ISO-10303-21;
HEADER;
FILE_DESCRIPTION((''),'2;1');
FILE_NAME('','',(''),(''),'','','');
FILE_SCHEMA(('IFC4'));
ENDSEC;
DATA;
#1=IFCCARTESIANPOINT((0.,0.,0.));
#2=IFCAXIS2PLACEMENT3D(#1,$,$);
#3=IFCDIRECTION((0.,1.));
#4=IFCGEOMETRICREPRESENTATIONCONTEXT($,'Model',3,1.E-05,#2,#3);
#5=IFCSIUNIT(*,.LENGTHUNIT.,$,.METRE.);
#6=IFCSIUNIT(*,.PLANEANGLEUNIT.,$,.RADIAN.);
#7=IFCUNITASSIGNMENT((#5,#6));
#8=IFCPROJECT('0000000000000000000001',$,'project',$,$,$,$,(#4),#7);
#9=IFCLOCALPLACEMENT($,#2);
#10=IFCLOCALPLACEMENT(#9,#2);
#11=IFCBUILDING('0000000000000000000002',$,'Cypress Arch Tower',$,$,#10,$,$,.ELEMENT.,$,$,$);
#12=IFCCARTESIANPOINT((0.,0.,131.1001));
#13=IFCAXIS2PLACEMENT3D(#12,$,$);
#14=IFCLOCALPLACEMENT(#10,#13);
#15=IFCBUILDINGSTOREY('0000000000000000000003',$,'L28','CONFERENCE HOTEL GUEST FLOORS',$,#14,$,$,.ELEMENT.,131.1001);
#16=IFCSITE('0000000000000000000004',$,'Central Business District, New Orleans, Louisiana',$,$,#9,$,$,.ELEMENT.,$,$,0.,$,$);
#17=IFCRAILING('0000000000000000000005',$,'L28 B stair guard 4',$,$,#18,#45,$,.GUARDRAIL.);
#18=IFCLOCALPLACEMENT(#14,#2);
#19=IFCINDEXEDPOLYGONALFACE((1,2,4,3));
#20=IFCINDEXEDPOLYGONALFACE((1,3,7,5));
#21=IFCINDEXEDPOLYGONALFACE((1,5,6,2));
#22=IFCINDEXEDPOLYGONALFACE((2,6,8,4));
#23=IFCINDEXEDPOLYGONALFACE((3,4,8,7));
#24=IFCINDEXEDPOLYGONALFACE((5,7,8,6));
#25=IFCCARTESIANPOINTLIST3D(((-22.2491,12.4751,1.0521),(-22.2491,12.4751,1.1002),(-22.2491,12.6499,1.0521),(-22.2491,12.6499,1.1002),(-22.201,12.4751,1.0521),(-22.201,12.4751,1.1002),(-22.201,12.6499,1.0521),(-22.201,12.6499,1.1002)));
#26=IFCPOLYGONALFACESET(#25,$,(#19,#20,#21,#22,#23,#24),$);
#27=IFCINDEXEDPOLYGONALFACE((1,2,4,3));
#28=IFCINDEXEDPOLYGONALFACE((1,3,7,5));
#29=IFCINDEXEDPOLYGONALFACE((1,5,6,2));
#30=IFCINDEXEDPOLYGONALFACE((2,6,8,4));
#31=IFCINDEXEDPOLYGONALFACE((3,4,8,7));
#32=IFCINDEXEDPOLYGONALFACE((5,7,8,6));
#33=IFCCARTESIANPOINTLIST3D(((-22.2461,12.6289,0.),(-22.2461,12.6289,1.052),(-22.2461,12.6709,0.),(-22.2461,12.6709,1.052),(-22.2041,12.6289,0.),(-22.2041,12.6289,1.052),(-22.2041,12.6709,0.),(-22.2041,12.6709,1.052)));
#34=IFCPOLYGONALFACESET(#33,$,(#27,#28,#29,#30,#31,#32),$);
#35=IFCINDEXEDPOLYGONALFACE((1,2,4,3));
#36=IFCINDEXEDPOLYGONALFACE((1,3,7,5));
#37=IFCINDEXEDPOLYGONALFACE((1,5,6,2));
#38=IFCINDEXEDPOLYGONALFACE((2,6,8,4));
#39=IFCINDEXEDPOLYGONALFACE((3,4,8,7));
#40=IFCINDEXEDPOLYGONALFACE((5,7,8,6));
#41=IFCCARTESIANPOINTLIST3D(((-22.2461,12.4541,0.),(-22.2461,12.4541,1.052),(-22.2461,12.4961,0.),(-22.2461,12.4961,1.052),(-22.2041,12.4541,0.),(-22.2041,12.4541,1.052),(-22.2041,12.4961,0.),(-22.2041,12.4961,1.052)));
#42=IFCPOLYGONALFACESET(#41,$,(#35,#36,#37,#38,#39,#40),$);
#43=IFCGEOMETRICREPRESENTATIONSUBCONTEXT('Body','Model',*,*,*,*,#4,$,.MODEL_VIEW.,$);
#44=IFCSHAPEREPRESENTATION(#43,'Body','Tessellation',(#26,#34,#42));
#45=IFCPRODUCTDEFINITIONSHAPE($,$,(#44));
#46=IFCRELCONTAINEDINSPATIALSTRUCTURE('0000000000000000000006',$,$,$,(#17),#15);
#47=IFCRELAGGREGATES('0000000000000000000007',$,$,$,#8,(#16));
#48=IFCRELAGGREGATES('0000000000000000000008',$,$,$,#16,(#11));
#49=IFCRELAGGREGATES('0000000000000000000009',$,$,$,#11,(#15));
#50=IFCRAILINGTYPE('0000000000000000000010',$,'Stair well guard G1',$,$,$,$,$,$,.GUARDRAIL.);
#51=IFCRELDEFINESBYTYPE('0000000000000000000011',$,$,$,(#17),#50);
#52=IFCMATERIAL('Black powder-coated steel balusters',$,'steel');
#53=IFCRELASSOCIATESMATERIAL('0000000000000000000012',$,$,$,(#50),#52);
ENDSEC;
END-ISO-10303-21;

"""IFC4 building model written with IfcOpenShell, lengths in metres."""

from ifc_helpers import new_model, si_unit, direction, frame, origin, origin_2d, place, context, subcontext, project, spatial, rectangle, extrude, material, type_object, element, save


model = new_model("IFC4")

# Units and contexts
model_context = context("Model", 3, precision=1e-05, world=origin(), true_north=direction((0.0, 1.0)))
body_context = subcontext(model_context, "Body", "Model", "MODEL_VIEW")
ifc_project = project(units=[si_unit("LENGTHUNIT", "METRE"), si_unit("PLANEANGLEUNIT", "RADIAN")], contexts=[model_context])

# Site, building, storey
site_placement = place(None, origin())
site = spatial("IfcSite", under=ifc_project, at=site_placement, Name="Central Business District, New Orleans, Louisiana", CompositionType="ELEMENT", RefElevation=0.0)
building_placement = place(site_placement, origin())
building = spatial("IfcBuilding", under=site, at=building_placement, Name="Cypress Arch Tower", CompositionType="ELEMENT")
storey_placement = place(building_placement, frame((0.0, 0.0, 131.1001)))
storey = spatial("IfcBuildingStorey", under=building, at=storey_placement, Name="L28", Description="CONFERENCE HOTEL GUEST FLOORS", CompositionType="ELEMENT", Elevation=131.1001)

# Railing
ifc_material_1 = material(Name="Black powder-coated steel balusters", Category="steel")
railing_type_1 = type_object("IfcRailingType", Name="Stair well guard G1", PredefinedType="GUARDRAIL", material=ifc_material_1)
railing_1_placement = place(storey_placement, frame((-22.2251, 12.6499, 0.0)))
element("IfcRailing", 1, at=railing_1_placement, inside=storey, type_object=railing_type_1, Name="L28 B stair guard 4", PredefinedType="GUARDRAIL", context=body_context, shape_type="SweptSolid", body=[
    extrude(rectangle(XDim=0.0481, YDim=0.0481, at=origin_2d()), frame((0.0, 0.0, 1.0762), z_axis=(0.0, -1.0, 0.0), x_axis=(1.0, 0.0, 0.0)), (0.0, 0.0, 1.0), 0.1748),
    extrude(rectangle(XDim=0.042, YDim=0.042, at=origin_2d()), origin(), (0.0, 0.0, 1.0), 1.052),
    extrude(rectangle(XDim=0.042, YDim=0.042, at=origin_2d()), frame((0.0, -0.1748, 0.0)), (0.0, 0.0, 1.0), 1.052),
])

save(model, "model.ifc")
